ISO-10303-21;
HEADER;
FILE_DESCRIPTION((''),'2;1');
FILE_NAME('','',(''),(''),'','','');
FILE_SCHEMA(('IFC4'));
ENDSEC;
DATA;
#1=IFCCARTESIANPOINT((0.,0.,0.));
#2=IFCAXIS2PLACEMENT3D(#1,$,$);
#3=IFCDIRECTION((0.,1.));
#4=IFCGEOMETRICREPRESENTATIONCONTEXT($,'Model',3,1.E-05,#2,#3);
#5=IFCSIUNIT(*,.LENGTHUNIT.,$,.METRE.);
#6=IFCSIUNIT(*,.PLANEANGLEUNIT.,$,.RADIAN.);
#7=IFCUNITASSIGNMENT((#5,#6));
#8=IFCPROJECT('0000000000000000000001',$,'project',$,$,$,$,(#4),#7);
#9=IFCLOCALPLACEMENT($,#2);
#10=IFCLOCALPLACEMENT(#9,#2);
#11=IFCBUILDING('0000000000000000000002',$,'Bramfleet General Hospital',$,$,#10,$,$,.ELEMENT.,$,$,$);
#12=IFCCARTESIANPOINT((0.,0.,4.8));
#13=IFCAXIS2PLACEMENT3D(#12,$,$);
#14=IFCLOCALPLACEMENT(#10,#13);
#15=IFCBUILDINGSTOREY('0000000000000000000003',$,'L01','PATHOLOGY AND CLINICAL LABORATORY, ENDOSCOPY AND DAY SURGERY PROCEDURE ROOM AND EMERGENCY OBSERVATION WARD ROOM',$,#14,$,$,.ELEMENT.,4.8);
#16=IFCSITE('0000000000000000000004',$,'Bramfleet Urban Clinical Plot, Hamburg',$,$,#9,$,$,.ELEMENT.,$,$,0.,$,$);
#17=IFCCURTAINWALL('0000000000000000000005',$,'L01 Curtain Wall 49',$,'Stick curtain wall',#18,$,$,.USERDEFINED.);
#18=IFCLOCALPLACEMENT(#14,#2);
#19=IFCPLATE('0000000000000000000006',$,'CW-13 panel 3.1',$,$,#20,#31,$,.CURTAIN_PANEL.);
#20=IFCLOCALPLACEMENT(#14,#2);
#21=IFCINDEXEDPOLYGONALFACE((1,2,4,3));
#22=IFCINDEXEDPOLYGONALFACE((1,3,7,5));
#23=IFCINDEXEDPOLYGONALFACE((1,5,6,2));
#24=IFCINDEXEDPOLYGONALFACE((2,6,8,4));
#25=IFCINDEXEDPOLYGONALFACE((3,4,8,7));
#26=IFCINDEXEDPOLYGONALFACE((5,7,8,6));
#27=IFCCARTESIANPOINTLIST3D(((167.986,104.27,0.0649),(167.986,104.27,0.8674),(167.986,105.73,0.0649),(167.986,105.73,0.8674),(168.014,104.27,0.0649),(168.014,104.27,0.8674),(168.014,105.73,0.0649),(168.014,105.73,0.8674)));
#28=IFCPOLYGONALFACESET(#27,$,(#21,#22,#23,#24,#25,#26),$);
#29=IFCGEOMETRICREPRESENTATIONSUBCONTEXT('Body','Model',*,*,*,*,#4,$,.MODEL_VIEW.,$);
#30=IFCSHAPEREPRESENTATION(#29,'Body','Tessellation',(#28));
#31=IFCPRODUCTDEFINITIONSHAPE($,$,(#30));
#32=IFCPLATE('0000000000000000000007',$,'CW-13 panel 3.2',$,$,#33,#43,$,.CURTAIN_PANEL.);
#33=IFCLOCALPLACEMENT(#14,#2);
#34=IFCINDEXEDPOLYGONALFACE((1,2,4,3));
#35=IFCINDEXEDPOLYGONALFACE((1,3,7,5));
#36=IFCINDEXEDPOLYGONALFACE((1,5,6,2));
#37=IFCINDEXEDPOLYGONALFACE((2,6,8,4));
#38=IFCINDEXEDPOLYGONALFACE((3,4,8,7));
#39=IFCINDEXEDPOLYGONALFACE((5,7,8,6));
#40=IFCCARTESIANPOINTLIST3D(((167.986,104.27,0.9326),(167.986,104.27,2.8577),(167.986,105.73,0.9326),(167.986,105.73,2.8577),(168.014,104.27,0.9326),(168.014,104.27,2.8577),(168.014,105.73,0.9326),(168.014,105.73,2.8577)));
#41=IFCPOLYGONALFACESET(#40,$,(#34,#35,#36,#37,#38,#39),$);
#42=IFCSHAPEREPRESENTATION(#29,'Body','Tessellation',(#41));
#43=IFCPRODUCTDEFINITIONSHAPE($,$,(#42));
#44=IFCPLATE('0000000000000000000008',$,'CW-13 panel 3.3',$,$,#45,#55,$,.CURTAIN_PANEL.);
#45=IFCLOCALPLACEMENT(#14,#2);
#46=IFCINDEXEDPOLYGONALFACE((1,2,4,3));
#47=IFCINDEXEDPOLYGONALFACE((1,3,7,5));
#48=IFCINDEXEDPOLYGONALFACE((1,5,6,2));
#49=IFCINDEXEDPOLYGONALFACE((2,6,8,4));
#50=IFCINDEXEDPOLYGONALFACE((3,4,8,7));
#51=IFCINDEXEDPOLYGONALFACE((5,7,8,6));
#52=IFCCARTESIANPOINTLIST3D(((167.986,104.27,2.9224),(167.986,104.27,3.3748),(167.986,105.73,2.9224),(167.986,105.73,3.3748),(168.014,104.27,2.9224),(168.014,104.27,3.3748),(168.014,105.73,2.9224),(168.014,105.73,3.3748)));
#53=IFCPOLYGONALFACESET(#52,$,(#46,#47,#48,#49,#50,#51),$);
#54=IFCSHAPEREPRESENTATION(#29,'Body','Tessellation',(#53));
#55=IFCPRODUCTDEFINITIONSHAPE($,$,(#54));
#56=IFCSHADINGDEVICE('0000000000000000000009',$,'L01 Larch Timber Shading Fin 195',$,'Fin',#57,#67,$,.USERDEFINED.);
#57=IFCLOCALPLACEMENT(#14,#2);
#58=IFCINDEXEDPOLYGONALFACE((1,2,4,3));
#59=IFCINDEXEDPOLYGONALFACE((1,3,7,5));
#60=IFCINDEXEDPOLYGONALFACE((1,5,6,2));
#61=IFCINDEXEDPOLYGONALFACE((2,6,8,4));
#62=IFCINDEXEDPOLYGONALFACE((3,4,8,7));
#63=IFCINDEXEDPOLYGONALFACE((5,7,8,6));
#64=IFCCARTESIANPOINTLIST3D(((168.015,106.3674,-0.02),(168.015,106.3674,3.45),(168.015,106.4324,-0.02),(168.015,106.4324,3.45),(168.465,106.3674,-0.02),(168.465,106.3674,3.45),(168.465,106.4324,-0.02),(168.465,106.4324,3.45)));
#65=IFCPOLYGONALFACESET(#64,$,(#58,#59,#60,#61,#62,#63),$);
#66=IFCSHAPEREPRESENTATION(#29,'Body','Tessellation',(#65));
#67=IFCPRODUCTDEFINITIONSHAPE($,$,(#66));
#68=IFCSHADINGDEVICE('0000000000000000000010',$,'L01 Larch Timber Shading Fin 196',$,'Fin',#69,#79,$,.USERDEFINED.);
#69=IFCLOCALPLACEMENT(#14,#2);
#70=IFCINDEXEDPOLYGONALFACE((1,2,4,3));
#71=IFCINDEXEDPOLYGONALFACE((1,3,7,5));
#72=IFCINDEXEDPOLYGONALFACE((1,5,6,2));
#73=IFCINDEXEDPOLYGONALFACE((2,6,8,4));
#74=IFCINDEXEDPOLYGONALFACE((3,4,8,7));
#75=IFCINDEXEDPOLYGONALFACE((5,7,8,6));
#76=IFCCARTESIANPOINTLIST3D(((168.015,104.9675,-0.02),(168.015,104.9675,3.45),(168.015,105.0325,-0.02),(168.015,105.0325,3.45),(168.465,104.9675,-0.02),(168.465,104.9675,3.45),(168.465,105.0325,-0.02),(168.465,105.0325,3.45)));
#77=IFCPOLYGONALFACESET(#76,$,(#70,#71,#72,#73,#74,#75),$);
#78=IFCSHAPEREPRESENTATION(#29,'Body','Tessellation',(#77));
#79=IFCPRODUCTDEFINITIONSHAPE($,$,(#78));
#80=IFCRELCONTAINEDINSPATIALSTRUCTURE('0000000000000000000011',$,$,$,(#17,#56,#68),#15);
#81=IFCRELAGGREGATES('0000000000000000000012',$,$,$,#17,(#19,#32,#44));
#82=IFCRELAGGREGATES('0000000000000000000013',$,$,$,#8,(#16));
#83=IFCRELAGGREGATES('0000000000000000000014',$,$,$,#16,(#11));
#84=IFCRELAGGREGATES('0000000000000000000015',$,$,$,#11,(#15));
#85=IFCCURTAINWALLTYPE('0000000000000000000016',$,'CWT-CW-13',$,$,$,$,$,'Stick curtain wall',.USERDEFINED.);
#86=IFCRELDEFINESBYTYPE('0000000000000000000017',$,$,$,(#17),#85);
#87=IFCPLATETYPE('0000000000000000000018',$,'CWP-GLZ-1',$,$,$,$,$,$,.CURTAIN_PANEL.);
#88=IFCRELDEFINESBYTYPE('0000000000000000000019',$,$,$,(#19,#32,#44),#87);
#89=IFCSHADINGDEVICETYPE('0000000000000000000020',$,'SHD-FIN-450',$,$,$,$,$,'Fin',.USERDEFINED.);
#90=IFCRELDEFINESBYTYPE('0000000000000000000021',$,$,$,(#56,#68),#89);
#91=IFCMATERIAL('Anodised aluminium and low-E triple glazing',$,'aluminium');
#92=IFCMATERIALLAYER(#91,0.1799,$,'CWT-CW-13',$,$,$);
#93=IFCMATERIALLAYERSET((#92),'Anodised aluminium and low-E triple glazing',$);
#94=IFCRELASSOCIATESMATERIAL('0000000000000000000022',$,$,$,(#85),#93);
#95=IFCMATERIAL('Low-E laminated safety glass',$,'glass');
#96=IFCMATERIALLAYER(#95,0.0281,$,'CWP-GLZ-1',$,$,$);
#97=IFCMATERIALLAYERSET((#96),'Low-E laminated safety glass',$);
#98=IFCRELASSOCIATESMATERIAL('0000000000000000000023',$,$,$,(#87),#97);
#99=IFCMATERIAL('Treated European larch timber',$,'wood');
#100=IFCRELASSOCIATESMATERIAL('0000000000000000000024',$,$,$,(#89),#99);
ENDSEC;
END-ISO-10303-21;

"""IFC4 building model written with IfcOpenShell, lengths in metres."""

from ifc_helpers import new_model, si_unit, direction, frame, origin, origin_2d, place, context, subcontext, project, spatial, rectangle, extrude, material, layer, layer_set, material_profile, profile_set, type_object, element, aggregate, save


model = new_model("IFC4")

# Units and contexts
model_context = context("Model", 3, precision=1e-05, world=origin(), true_north=direction((0.0, 1.0)))
body_context = subcontext(model_context, "Body", "Model", "MODEL_VIEW")
ifc_project = project(units=[si_unit("LENGTHUNIT", "METRE"), si_unit("PLANEANGLEUNIT", "RADIAN")], contexts=[model_context])

# Site, building, storey
site_placement = place(None, origin())
site = spatial("IfcSite", under=ifc_project, at=site_placement, Name="Bramfleet Urban Clinical Plot, Hamburg", CompositionType="ELEMENT", RefElevation=0.0)
building_placement = place(site_placement, origin())
building = spatial("IfcBuilding", under=site, at=building_placement, Name="Bramfleet General Hospital", CompositionType="ELEMENT")
storey_placement = place(building_placement, frame((0.0, 0.0, 4.8)))
storey = spatial("IfcBuildingStorey", under=building, at=storey_placement, Name="L01", Description="PATHOLOGY AND CLINICAL LABORATORY, ENDOSCOPY AND DAY SURGERY PROCEDURE ROOM AND EMERGENCY OBSERVATION WARD ROOM", CompositionType="ELEMENT", Elevation=4.8)

# Curtain wall, plates
ifc_material_1 = material(Name="Anodised aluminium and low-E triple glazing", Category="aluminium")
ifc_layer_1 = layer(ifc_material_1, 0.1799, Name="CWT-CW-13")
ifc_layer_set_1 = layer_set([ifc_layer_1], Name="Anodised aluminium and low-E triple glazing")
curtain_wall_type = type_object("IfcCurtainWallType", Name="CWT-CW-13", ElementType="Stick curtain wall", PredefinedType="USERDEFINED", material=ifc_layer_set_1)
curtain_wall_placement = place(storey_placement, origin())
curtain_wall = element("IfcCurtainWall", 1, at=curtain_wall_placement, inside=storey, type_object=curtain_wall_type, Name="L01 Curtain Wall 49", ObjectType="Stick curtain wall", PredefinedType="USERDEFINED")
ifc_material_2 = material(Name="Low-E laminated safety glass", Category="glass")
ifc_layer_2 = layer(ifc_material_2, 0.0281, Name="CWP-GLZ-1")
ifc_layer_set_2 = layer_set([ifc_layer_2], Name="Low-E laminated safety glass")
plate_type = type_object("IfcPlateType", Name="CWP-GLZ-1", PredefinedType="CURTAIN_PANEL", material=ifc_layer_set_2)
plate_1_placement = place(storey_placement, frame((168.0, 105.0, 0.0649), z_axis=(0.0, 0.0, 1.0), x_axis=(0.0, -1.0, 0.0)))
plate_1 = element("IfcPlate", 2, at=plate_1_placement, type_object=plate_type, Name="CW-13 panel 3.1", PredefinedType="CURTAIN_PANEL", context=body_context, shape_type="SweptSolid", body=[
    extrude(rectangle(XDim=1.46, YDim=0.0281, at=origin_2d()), origin(), (0.0, 0.0, 1.0), 0.8025),
])
plate_2_placement = place(storey_placement, frame((168.0, 105.0, 0.9326), z_axis=(0.0, 0.0, 1.0), x_axis=(0.0, -1.0, 0.0)))
plate_2 = element("IfcPlate", 3, at=plate_2_placement, type_object=plate_type, Name="CW-13 panel 3.2", PredefinedType="CURTAIN_PANEL", context=body_context, shape_type="SweptSolid", body=[
    extrude(rectangle(XDim=1.46, YDim=0.0281, at=origin_2d()), origin(), (0.0, 0.0, 1.0), 1.925),
])
plate_3_placement = place(storey_placement, frame((168.0, 105.0, 2.9224), z_axis=(0.0, 0.0, 1.0), x_axis=(0.0, -1.0, 0.0)))
plate_3 = element("IfcPlate", 4, at=plate_3_placement, type_object=plate_type, Name="CW-13 panel 3.3", PredefinedType="CURTAIN_PANEL", context=body_context, shape_type="SweptSolid", body=[
    extrude(rectangle(XDim=1.46, YDim=0.0281, at=origin_2d()), origin(), (0.0, 0.0, 1.0), 0.4524),
])
aggregate(curtain_wall, [plate_1, plate_2, plate_3])

# Shading devices
ifc_material_3 = material(Name="Treated European larch timber", Category="wood")
ifc_material_profile_1 = material_profile(ifc_material_3, rectangle(XDim=0.0649, YDim=0.45, at=origin_2d()), Name="LARCH FIN 450x65")
ifc_profile_set_1 = profile_set([ifc_material_profile_1], Name="Treated European larch timber")
shading_device_type = type_object("IfcShadingDeviceType", Name="SHD-FIN-450", ElementType="Fin", PredefinedType="USERDEFINED", material=ifc_profile_set_1)
for number, where, z_axis, x_axis, name in (
    (5, (168.24, 106.3999, -0.02), (0.0, 0.0, 1.0), (0.0, -1.0, 0.0), "L01 Larch Timber Shading Fin 195"),
    (6, (168.24, 105.0, -0.02), (0.0, 0.0, 1.0), (0.0, -1.0, 0.0), "L01 Larch Timber Shading Fin 196"),
):
    element("IfcShadingDevice", number, at=place(storey_placement, frame(where, z_axis=z_axis, x_axis=x_axis)), inside=storey, type_object=shading_device_type, Name=name, ObjectType="Fin", PredefinedType="USERDEFINED", context=body_context, shape_type="SweptSolid", body=[
        extrude(rectangle(XDim=0.0649, YDim=0.45, at=origin_2d()), origin(), (0.0, 0.0, 1.0), 3.47),
    ])

save(model, "model.ifc")
